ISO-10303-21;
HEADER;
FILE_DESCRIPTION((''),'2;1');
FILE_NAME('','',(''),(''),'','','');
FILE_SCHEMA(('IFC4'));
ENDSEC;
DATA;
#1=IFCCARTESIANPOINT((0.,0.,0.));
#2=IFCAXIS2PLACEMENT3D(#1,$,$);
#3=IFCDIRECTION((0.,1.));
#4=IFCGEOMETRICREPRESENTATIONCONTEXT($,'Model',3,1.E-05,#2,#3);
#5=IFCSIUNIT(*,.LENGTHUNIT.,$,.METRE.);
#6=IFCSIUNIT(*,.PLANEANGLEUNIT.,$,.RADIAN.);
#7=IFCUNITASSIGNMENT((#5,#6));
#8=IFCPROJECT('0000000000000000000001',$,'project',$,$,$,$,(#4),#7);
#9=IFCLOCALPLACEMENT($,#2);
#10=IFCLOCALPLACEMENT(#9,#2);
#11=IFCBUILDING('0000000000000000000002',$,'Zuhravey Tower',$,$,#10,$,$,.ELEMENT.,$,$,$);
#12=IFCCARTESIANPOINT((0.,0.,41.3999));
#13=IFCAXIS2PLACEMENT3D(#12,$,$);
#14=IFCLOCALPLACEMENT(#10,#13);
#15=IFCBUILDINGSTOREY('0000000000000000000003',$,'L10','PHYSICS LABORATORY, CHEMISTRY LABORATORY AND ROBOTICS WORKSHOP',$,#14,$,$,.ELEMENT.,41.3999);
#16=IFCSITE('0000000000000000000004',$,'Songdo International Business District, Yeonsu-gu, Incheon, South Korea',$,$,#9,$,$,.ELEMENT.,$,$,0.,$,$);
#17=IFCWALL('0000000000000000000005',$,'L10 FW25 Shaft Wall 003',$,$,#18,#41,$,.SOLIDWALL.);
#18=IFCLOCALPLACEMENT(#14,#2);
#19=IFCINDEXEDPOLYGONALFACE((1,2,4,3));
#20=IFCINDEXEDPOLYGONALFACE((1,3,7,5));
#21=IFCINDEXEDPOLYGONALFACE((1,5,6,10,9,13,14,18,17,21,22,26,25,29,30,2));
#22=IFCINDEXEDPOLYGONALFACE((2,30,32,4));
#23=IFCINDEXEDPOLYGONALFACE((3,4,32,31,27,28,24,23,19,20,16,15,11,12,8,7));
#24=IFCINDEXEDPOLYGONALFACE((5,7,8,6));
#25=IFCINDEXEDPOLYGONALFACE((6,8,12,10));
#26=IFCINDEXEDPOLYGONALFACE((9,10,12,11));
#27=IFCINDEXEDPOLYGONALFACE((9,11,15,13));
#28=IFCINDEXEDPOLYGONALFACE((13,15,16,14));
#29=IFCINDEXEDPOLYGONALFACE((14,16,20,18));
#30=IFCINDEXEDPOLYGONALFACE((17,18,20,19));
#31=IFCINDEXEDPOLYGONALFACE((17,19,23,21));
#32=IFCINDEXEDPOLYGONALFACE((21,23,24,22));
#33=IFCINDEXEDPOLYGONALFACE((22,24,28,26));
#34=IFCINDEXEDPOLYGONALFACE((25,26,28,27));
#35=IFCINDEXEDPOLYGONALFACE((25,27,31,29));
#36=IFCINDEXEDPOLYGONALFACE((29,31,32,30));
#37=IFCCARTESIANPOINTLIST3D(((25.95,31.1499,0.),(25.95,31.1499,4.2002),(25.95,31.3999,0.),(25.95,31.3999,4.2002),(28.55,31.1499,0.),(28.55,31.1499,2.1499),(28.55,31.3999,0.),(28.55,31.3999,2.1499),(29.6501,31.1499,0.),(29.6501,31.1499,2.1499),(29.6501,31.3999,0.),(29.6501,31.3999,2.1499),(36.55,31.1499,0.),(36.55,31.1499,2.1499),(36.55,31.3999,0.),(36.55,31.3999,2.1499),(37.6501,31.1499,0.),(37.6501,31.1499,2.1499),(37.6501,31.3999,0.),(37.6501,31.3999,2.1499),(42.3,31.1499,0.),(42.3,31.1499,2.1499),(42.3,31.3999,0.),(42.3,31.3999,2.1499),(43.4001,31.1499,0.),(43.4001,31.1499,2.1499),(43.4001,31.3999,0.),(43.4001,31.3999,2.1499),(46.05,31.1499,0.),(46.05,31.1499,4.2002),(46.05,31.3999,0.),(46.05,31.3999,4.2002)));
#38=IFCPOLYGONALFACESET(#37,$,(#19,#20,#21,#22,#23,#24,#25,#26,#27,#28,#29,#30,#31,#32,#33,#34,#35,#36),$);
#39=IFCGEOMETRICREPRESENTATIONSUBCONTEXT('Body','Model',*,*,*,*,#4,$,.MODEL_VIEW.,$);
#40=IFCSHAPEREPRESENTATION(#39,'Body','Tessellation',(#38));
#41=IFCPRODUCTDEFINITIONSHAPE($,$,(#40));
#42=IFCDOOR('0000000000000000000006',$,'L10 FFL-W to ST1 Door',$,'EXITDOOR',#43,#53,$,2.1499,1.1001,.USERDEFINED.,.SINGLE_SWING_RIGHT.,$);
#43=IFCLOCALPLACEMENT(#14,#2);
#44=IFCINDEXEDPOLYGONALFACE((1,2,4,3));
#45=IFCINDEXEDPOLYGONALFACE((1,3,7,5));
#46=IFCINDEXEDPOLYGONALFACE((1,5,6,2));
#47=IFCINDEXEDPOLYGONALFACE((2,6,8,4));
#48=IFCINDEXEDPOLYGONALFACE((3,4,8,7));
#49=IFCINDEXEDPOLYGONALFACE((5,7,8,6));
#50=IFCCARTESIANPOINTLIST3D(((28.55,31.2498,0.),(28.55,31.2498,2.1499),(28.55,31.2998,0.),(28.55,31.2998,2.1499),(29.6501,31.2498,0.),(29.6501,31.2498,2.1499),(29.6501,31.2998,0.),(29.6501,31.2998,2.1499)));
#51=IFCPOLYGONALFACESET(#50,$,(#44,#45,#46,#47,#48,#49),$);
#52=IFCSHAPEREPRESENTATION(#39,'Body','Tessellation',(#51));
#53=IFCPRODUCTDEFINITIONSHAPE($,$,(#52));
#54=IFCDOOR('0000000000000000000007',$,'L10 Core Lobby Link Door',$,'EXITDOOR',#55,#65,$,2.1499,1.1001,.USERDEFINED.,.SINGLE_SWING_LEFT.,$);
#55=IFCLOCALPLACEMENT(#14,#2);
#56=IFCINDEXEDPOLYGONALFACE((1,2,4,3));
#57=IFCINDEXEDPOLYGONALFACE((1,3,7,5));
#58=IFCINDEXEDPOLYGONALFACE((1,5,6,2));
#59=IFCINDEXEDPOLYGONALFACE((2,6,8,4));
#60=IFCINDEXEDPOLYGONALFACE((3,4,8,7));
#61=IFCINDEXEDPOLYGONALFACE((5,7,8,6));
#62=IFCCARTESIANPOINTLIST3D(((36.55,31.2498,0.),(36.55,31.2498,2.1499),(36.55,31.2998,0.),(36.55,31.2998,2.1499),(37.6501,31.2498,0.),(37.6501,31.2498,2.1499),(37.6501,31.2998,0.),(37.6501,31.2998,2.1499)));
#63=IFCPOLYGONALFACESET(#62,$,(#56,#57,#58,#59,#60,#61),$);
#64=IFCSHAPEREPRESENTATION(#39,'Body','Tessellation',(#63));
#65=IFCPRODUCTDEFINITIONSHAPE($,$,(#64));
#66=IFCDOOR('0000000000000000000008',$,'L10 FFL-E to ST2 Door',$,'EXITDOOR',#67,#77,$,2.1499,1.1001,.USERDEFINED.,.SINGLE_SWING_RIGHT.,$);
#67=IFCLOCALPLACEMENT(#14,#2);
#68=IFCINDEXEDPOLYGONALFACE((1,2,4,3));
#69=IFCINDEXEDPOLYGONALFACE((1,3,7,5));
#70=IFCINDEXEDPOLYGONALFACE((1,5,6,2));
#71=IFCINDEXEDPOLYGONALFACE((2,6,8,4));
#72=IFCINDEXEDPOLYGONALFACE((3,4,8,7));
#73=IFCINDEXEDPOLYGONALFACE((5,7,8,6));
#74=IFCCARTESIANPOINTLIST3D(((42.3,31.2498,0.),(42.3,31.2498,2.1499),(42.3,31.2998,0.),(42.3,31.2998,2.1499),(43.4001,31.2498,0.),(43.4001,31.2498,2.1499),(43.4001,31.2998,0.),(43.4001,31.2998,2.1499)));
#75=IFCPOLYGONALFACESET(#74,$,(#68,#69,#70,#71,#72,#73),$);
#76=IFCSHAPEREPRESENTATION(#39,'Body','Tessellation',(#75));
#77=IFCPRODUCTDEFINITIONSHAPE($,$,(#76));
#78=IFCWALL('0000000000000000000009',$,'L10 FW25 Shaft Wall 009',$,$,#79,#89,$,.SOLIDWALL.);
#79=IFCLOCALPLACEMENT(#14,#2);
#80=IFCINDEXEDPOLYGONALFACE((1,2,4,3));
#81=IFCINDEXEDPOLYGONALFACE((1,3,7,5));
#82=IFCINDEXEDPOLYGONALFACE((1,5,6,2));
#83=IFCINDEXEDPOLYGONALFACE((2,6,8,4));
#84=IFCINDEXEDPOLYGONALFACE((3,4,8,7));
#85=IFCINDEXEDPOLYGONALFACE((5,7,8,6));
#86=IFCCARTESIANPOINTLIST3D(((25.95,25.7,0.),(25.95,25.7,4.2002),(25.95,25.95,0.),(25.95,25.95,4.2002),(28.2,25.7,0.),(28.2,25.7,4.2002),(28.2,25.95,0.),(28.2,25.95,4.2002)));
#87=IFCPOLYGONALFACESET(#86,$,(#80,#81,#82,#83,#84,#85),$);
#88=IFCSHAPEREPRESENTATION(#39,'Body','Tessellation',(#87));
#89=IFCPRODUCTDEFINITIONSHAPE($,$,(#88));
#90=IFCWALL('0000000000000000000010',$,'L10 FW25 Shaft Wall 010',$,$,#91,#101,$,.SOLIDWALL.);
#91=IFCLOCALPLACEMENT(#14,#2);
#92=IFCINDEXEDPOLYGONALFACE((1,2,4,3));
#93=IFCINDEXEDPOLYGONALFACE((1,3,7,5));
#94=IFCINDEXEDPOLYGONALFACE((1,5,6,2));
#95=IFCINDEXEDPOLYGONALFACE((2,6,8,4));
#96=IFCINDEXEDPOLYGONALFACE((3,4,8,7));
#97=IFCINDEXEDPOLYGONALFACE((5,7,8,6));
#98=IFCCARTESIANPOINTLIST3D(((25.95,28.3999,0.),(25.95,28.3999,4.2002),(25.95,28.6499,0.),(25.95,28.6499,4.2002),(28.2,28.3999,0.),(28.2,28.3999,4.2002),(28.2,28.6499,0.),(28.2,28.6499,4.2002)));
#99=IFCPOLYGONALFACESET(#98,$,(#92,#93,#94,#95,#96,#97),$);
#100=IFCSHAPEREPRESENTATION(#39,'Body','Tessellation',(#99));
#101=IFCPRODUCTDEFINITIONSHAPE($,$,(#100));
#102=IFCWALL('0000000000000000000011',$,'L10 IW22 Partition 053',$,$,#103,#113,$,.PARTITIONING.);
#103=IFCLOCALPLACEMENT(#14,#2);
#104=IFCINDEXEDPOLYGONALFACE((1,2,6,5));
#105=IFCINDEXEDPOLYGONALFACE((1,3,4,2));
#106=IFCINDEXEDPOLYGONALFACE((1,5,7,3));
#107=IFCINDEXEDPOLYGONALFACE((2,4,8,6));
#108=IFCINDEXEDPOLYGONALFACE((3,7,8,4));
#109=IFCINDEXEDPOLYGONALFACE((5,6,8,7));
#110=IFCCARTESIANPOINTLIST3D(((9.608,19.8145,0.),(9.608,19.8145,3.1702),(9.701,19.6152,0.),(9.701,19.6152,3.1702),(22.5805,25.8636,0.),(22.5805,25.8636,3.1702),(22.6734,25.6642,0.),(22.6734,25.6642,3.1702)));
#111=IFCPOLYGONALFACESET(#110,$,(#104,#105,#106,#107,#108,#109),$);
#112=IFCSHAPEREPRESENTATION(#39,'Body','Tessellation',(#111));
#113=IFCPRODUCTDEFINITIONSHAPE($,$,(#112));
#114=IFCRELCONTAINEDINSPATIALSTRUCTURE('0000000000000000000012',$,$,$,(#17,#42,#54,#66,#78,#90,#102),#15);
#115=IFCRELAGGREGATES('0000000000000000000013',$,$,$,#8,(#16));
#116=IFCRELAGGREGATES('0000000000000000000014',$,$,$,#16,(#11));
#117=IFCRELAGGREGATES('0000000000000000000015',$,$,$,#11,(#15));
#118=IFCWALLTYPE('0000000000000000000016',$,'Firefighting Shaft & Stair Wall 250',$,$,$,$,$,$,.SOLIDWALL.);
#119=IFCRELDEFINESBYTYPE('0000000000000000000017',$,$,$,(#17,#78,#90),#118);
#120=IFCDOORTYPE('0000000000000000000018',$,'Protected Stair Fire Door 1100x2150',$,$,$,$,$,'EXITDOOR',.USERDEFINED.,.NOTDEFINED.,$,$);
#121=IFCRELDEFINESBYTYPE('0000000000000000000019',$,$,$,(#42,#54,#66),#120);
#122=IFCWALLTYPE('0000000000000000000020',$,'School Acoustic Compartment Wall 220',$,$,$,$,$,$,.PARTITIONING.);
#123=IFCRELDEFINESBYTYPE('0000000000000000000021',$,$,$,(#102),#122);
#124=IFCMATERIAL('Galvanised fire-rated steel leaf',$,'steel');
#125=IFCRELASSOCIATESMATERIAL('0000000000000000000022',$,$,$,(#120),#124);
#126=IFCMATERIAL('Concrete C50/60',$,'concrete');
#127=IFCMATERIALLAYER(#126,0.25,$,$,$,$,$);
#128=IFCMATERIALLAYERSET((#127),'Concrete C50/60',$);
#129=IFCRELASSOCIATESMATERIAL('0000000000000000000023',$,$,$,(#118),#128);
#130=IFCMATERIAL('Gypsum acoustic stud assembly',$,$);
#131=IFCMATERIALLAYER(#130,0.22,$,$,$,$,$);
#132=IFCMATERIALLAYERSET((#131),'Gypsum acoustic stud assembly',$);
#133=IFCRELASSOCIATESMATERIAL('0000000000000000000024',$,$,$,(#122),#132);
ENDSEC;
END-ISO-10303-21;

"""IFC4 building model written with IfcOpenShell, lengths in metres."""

from ifc_helpers import new_model, si_unit, direction, frame, frame_2d, origin, place, context, subcontext, project, spatial, rectangle, extrude, material, layer, layer_set, type_object, element, fill, save


model = new_model("IFC4")

# Units and contexts
model_context = context("Model", 3, precision=1e-05, world=origin(), true_north=direction((0.0, 1.0)))
body_context = subcontext(model_context, "Body", "Model", "MODEL_VIEW")
ifc_project = project(units=[si_unit("LENGTHUNIT", "METRE"), si_unit("PLANEANGLEUNIT", "RADIAN")], contexts=[model_context])

# Site, building, storey
site_placement = place(None, origin())
site = spatial("IfcSite", under=ifc_project, at=site_placement, Name="Songdo International Business District, Yeonsu-gu, Incheon, South Korea", CompositionType="ELEMENT", RefElevation=0.0)
building_placement = place(site_placement, origin())
building = spatial("IfcBuilding", under=site, at=building_placement, Name="Zuhravey Tower", CompositionType="ELEMENT")
storey_placement = place(building_placement, frame((0.0, 0.0, 41.3999)))
storey = spatial("IfcBuildingStorey", under=building, at=storey_placement, Name="L10", Description="PHYSICS LABORATORY, CHEMISTRY LABORATORY AND ROBOTICS WORKSHOP", CompositionType="ELEMENT", Elevation=41.3999)

# Shared definitions
ifc_material_1 = material(Name="Galvanised fire-rated steel leaf", Category="steel")
door_type_1 = type_object("IfcDoorType", Name="Protected Stair Fire Door 1100x2150", ElementType="EXITDOOR", OperationType="NOTDEFINED", PredefinedType="USERDEFINED", material=ifc_material_1)

# Wall, openings, doors
ifc_material_2 = material(Name="Concrete C50/60", Category="concrete")
ifc_layer_1 = layer(ifc_material_2, 0.25)
ifc_layer_set_1 = layer_set([ifc_layer_1], Name="Concrete C50/60")
wall_type_1 = type_object("IfcWallType", Name="Firefighting Shaft & Stair Wall 250", PredefinedType="SOLIDWALL", material=ifc_layer_set_1)
wall_1_placement = place(storey_placement, frame((25.95, 31.2749, 0.0), z_axis=(0.0, 0.0, 1.0), x_axis=(1.0, 0.0, 0.0)))
wall_1 = element("IfcWall", 1, at=wall_1_placement, inside=storey, type_object=wall_type_1, Name="L10 FW25 Shaft Wall 003", PredefinedType="SOLIDWALL", context=body_context, shape_type="SweptSolid", body=[
    extrude(rectangle(XDim=20.1001, YDim=0.25, at=frame_2d((10.05, 0.0))), origin(), (0.0, 0.0, 1.0), 4.2002),
])
opening_1_placement = place(wall_1_placement, frame((2.6001, 0.0, 0.0)))
opening_1 = element("IfcOpeningElement", 2, at=opening_1_placement, cuts=wall_1, PredefinedType="OPENING", context=body_context, shape_type="SweptSolid", body=[
    extrude(rectangle(XDim=1.1001, YDim=2.1499, at=frame_2d((0.55, 1.075))), frame((0.0, 0.137, 0.0), z_axis=(0.0, -1.0, 0.0), x_axis=(1.0, 0.0, 0.0)), (0.0, 0.0, 1.0), 0.2739),
])
opening_2_placement = place(wall_1_placement, frame((10.6001, 0.0, 0.0)))
opening_2 = element("IfcOpeningElement", 3, at=opening_2_placement, cuts=wall_1, PredefinedType="OPENING", context=body_context, shape_type="SweptSolid", body=[
    extrude(rectangle(XDim=1.1001, YDim=2.1499, at=frame_2d((0.55, 1.075))), frame((0.0, 0.137, 0.0), z_axis=(0.0, -1.0, 0.0), x_axis=(1.0, 0.0, 0.0)), (0.0, 0.0, 1.0), 0.2739),
])
opening_3_placement = place(wall_1_placement, frame((16.3501, 0.0, 0.0)))
opening_3 = element("IfcOpeningElement", 4, at=opening_3_placement, cuts=wall_1, PredefinedType="OPENING", context=body_context, shape_type="SweptSolid", body=[
    extrude(rectangle(XDim=1.1001, YDim=2.1499, at=frame_2d((0.55, 1.075))), frame((0.0, 0.137, 0.0), z_axis=(0.0, -1.0, 0.0), x_axis=(1.0, 0.0, 0.0)), (0.0, 0.0, 1.0), 0.2739),
])
door_1_placement = place(opening_1_placement, origin())
door_1 = element("IfcDoor", 5, at=door_1_placement, inside=storey, type_object=door_type_1, Name="L10 FFL-W to ST1 Door", ObjectType="EXITDOOR", OperationType="SINGLE_SWING_RIGHT", OverallHeight=2.1499, OverallWidth=1.1001, PredefinedType="USERDEFINED", context=body_context, shape_type="SweptSolid", body=[
    extrude(rectangle(XDim=1.1001, YDim=2.1499, at=frame_2d((0.55, 1.075))), frame((0.0, 0.0249, 0.0), z_axis=(0.0, -1.0, 0.0), x_axis=(1.0, 0.0, 0.0)), (0.0, 0.0, 1.0), 0.05),
])
fill(opening_1, door_1)
door_2_placement = place(opening_2_placement, origin())
door_2 = element("IfcDoor", 6, at=door_2_placement, inside=storey, type_object=door_type_1, Name="L10 Core Lobby Link Door", ObjectType="EXITDOOR", OperationType="SINGLE_SWING_LEFT", OverallHeight=2.1499, OverallWidth=1.1001, PredefinedType="USERDEFINED", context=body_context, shape_type="SweptSolid", body=[
    extrude(rectangle(XDim=1.1001, YDim=2.1499, at=frame_2d((0.55, 1.075))), frame((0.0, 0.0249, 0.0), z_axis=(0.0, -1.0, 0.0), x_axis=(1.0, 0.0, 0.0)), (0.0, 0.0, 1.0), 0.05),
])
fill(opening_2, door_2)
door_3_placement = place(opening_3_placement, origin())
door_3 = element("IfcDoor", 7, at=door_3_placement, inside=storey, type_object=door_type_1, Name="L10 FFL-E to ST2 Door", ObjectType="EXITDOOR", OperationType="SINGLE_SWING_RIGHT", OverallHeight=2.1499, OverallWidth=1.1001, PredefinedType="USERDEFINED", context=body_context, shape_type="SweptSolid", body=[
    extrude(rectangle(XDim=1.1001, YDim=2.1499, at=frame_2d((0.55, 1.075))), frame((0.0, 0.0249, 0.0), z_axis=(0.0, -1.0, 0.0), x_axis=(1.0, 0.0, 0.0)), (0.0, 0.0, 1.0), 0.05),
])
fill(opening_3, door_3)

# Walls
for number, where, z_axis, x_axis, name in (
    (8, (25.95, 25.825, 0.0), (0.0, 0.0, 1.0), (1.0, 0.0, 0.0), "L10 FW25 Shaft Wall 009"),
    (9, (25.95, 28.5249, 0.0), (0.0, 0.0, 1.0), (1.0, 0.0, 0.0), "L10 FW25 Shaft Wall 010"),
):
    element("IfcWall", number, at=place(storey_placement, frame(where, z_axis=z_axis, x_axis=x_axis)), inside=storey, type_object=wall_type_1, Name=name, PredefinedType="SOLIDWALL", context=body_context, shape_type="SweptSolid", body=[
        extrude(rectangle(XDim=2.25, YDim=0.25, at=frame_2d((1.125, 0.0))), origin(), (0.0, 0.0, 1.0), 4.2002),
    ])
ifc_material_3 = material(Name="Gypsum acoustic stud assembly")
ifc_layer_2 = layer(ifc_material_3, 0.22)
ifc_layer_set_2 = layer_set([ifc_layer_2], Name="Gypsum acoustic stud assembly")
wall_type_2 = type_object("IfcWallType", Name="School Acoustic Compartment Wall 220", PredefinedType="PARTITIONING", material=ifc_layer_set_2)
wall_2_placement = place(storey_placement, frame((22.627, 25.7639, 0.0), z_axis=(0.0, 0.0, 1.0), x_axis=(-0.906309, -0.422615, 0.0)))
element("IfcWall", 10, at=wall_2_placement, inside=storey, type_object=wall_type_2, Name="L10 IW22 Partition 053", PredefinedType="PARTITIONING", context=body_context, shape_type="SweptSolid", body=[
    extrude(rectangle(XDim=14.3135, YDim=0.22, at=frame_2d((7.1567, 0.0))), origin(), (0.0, 0.0, 1.0), 3.1702),
])

save(model, "model.ifc")
